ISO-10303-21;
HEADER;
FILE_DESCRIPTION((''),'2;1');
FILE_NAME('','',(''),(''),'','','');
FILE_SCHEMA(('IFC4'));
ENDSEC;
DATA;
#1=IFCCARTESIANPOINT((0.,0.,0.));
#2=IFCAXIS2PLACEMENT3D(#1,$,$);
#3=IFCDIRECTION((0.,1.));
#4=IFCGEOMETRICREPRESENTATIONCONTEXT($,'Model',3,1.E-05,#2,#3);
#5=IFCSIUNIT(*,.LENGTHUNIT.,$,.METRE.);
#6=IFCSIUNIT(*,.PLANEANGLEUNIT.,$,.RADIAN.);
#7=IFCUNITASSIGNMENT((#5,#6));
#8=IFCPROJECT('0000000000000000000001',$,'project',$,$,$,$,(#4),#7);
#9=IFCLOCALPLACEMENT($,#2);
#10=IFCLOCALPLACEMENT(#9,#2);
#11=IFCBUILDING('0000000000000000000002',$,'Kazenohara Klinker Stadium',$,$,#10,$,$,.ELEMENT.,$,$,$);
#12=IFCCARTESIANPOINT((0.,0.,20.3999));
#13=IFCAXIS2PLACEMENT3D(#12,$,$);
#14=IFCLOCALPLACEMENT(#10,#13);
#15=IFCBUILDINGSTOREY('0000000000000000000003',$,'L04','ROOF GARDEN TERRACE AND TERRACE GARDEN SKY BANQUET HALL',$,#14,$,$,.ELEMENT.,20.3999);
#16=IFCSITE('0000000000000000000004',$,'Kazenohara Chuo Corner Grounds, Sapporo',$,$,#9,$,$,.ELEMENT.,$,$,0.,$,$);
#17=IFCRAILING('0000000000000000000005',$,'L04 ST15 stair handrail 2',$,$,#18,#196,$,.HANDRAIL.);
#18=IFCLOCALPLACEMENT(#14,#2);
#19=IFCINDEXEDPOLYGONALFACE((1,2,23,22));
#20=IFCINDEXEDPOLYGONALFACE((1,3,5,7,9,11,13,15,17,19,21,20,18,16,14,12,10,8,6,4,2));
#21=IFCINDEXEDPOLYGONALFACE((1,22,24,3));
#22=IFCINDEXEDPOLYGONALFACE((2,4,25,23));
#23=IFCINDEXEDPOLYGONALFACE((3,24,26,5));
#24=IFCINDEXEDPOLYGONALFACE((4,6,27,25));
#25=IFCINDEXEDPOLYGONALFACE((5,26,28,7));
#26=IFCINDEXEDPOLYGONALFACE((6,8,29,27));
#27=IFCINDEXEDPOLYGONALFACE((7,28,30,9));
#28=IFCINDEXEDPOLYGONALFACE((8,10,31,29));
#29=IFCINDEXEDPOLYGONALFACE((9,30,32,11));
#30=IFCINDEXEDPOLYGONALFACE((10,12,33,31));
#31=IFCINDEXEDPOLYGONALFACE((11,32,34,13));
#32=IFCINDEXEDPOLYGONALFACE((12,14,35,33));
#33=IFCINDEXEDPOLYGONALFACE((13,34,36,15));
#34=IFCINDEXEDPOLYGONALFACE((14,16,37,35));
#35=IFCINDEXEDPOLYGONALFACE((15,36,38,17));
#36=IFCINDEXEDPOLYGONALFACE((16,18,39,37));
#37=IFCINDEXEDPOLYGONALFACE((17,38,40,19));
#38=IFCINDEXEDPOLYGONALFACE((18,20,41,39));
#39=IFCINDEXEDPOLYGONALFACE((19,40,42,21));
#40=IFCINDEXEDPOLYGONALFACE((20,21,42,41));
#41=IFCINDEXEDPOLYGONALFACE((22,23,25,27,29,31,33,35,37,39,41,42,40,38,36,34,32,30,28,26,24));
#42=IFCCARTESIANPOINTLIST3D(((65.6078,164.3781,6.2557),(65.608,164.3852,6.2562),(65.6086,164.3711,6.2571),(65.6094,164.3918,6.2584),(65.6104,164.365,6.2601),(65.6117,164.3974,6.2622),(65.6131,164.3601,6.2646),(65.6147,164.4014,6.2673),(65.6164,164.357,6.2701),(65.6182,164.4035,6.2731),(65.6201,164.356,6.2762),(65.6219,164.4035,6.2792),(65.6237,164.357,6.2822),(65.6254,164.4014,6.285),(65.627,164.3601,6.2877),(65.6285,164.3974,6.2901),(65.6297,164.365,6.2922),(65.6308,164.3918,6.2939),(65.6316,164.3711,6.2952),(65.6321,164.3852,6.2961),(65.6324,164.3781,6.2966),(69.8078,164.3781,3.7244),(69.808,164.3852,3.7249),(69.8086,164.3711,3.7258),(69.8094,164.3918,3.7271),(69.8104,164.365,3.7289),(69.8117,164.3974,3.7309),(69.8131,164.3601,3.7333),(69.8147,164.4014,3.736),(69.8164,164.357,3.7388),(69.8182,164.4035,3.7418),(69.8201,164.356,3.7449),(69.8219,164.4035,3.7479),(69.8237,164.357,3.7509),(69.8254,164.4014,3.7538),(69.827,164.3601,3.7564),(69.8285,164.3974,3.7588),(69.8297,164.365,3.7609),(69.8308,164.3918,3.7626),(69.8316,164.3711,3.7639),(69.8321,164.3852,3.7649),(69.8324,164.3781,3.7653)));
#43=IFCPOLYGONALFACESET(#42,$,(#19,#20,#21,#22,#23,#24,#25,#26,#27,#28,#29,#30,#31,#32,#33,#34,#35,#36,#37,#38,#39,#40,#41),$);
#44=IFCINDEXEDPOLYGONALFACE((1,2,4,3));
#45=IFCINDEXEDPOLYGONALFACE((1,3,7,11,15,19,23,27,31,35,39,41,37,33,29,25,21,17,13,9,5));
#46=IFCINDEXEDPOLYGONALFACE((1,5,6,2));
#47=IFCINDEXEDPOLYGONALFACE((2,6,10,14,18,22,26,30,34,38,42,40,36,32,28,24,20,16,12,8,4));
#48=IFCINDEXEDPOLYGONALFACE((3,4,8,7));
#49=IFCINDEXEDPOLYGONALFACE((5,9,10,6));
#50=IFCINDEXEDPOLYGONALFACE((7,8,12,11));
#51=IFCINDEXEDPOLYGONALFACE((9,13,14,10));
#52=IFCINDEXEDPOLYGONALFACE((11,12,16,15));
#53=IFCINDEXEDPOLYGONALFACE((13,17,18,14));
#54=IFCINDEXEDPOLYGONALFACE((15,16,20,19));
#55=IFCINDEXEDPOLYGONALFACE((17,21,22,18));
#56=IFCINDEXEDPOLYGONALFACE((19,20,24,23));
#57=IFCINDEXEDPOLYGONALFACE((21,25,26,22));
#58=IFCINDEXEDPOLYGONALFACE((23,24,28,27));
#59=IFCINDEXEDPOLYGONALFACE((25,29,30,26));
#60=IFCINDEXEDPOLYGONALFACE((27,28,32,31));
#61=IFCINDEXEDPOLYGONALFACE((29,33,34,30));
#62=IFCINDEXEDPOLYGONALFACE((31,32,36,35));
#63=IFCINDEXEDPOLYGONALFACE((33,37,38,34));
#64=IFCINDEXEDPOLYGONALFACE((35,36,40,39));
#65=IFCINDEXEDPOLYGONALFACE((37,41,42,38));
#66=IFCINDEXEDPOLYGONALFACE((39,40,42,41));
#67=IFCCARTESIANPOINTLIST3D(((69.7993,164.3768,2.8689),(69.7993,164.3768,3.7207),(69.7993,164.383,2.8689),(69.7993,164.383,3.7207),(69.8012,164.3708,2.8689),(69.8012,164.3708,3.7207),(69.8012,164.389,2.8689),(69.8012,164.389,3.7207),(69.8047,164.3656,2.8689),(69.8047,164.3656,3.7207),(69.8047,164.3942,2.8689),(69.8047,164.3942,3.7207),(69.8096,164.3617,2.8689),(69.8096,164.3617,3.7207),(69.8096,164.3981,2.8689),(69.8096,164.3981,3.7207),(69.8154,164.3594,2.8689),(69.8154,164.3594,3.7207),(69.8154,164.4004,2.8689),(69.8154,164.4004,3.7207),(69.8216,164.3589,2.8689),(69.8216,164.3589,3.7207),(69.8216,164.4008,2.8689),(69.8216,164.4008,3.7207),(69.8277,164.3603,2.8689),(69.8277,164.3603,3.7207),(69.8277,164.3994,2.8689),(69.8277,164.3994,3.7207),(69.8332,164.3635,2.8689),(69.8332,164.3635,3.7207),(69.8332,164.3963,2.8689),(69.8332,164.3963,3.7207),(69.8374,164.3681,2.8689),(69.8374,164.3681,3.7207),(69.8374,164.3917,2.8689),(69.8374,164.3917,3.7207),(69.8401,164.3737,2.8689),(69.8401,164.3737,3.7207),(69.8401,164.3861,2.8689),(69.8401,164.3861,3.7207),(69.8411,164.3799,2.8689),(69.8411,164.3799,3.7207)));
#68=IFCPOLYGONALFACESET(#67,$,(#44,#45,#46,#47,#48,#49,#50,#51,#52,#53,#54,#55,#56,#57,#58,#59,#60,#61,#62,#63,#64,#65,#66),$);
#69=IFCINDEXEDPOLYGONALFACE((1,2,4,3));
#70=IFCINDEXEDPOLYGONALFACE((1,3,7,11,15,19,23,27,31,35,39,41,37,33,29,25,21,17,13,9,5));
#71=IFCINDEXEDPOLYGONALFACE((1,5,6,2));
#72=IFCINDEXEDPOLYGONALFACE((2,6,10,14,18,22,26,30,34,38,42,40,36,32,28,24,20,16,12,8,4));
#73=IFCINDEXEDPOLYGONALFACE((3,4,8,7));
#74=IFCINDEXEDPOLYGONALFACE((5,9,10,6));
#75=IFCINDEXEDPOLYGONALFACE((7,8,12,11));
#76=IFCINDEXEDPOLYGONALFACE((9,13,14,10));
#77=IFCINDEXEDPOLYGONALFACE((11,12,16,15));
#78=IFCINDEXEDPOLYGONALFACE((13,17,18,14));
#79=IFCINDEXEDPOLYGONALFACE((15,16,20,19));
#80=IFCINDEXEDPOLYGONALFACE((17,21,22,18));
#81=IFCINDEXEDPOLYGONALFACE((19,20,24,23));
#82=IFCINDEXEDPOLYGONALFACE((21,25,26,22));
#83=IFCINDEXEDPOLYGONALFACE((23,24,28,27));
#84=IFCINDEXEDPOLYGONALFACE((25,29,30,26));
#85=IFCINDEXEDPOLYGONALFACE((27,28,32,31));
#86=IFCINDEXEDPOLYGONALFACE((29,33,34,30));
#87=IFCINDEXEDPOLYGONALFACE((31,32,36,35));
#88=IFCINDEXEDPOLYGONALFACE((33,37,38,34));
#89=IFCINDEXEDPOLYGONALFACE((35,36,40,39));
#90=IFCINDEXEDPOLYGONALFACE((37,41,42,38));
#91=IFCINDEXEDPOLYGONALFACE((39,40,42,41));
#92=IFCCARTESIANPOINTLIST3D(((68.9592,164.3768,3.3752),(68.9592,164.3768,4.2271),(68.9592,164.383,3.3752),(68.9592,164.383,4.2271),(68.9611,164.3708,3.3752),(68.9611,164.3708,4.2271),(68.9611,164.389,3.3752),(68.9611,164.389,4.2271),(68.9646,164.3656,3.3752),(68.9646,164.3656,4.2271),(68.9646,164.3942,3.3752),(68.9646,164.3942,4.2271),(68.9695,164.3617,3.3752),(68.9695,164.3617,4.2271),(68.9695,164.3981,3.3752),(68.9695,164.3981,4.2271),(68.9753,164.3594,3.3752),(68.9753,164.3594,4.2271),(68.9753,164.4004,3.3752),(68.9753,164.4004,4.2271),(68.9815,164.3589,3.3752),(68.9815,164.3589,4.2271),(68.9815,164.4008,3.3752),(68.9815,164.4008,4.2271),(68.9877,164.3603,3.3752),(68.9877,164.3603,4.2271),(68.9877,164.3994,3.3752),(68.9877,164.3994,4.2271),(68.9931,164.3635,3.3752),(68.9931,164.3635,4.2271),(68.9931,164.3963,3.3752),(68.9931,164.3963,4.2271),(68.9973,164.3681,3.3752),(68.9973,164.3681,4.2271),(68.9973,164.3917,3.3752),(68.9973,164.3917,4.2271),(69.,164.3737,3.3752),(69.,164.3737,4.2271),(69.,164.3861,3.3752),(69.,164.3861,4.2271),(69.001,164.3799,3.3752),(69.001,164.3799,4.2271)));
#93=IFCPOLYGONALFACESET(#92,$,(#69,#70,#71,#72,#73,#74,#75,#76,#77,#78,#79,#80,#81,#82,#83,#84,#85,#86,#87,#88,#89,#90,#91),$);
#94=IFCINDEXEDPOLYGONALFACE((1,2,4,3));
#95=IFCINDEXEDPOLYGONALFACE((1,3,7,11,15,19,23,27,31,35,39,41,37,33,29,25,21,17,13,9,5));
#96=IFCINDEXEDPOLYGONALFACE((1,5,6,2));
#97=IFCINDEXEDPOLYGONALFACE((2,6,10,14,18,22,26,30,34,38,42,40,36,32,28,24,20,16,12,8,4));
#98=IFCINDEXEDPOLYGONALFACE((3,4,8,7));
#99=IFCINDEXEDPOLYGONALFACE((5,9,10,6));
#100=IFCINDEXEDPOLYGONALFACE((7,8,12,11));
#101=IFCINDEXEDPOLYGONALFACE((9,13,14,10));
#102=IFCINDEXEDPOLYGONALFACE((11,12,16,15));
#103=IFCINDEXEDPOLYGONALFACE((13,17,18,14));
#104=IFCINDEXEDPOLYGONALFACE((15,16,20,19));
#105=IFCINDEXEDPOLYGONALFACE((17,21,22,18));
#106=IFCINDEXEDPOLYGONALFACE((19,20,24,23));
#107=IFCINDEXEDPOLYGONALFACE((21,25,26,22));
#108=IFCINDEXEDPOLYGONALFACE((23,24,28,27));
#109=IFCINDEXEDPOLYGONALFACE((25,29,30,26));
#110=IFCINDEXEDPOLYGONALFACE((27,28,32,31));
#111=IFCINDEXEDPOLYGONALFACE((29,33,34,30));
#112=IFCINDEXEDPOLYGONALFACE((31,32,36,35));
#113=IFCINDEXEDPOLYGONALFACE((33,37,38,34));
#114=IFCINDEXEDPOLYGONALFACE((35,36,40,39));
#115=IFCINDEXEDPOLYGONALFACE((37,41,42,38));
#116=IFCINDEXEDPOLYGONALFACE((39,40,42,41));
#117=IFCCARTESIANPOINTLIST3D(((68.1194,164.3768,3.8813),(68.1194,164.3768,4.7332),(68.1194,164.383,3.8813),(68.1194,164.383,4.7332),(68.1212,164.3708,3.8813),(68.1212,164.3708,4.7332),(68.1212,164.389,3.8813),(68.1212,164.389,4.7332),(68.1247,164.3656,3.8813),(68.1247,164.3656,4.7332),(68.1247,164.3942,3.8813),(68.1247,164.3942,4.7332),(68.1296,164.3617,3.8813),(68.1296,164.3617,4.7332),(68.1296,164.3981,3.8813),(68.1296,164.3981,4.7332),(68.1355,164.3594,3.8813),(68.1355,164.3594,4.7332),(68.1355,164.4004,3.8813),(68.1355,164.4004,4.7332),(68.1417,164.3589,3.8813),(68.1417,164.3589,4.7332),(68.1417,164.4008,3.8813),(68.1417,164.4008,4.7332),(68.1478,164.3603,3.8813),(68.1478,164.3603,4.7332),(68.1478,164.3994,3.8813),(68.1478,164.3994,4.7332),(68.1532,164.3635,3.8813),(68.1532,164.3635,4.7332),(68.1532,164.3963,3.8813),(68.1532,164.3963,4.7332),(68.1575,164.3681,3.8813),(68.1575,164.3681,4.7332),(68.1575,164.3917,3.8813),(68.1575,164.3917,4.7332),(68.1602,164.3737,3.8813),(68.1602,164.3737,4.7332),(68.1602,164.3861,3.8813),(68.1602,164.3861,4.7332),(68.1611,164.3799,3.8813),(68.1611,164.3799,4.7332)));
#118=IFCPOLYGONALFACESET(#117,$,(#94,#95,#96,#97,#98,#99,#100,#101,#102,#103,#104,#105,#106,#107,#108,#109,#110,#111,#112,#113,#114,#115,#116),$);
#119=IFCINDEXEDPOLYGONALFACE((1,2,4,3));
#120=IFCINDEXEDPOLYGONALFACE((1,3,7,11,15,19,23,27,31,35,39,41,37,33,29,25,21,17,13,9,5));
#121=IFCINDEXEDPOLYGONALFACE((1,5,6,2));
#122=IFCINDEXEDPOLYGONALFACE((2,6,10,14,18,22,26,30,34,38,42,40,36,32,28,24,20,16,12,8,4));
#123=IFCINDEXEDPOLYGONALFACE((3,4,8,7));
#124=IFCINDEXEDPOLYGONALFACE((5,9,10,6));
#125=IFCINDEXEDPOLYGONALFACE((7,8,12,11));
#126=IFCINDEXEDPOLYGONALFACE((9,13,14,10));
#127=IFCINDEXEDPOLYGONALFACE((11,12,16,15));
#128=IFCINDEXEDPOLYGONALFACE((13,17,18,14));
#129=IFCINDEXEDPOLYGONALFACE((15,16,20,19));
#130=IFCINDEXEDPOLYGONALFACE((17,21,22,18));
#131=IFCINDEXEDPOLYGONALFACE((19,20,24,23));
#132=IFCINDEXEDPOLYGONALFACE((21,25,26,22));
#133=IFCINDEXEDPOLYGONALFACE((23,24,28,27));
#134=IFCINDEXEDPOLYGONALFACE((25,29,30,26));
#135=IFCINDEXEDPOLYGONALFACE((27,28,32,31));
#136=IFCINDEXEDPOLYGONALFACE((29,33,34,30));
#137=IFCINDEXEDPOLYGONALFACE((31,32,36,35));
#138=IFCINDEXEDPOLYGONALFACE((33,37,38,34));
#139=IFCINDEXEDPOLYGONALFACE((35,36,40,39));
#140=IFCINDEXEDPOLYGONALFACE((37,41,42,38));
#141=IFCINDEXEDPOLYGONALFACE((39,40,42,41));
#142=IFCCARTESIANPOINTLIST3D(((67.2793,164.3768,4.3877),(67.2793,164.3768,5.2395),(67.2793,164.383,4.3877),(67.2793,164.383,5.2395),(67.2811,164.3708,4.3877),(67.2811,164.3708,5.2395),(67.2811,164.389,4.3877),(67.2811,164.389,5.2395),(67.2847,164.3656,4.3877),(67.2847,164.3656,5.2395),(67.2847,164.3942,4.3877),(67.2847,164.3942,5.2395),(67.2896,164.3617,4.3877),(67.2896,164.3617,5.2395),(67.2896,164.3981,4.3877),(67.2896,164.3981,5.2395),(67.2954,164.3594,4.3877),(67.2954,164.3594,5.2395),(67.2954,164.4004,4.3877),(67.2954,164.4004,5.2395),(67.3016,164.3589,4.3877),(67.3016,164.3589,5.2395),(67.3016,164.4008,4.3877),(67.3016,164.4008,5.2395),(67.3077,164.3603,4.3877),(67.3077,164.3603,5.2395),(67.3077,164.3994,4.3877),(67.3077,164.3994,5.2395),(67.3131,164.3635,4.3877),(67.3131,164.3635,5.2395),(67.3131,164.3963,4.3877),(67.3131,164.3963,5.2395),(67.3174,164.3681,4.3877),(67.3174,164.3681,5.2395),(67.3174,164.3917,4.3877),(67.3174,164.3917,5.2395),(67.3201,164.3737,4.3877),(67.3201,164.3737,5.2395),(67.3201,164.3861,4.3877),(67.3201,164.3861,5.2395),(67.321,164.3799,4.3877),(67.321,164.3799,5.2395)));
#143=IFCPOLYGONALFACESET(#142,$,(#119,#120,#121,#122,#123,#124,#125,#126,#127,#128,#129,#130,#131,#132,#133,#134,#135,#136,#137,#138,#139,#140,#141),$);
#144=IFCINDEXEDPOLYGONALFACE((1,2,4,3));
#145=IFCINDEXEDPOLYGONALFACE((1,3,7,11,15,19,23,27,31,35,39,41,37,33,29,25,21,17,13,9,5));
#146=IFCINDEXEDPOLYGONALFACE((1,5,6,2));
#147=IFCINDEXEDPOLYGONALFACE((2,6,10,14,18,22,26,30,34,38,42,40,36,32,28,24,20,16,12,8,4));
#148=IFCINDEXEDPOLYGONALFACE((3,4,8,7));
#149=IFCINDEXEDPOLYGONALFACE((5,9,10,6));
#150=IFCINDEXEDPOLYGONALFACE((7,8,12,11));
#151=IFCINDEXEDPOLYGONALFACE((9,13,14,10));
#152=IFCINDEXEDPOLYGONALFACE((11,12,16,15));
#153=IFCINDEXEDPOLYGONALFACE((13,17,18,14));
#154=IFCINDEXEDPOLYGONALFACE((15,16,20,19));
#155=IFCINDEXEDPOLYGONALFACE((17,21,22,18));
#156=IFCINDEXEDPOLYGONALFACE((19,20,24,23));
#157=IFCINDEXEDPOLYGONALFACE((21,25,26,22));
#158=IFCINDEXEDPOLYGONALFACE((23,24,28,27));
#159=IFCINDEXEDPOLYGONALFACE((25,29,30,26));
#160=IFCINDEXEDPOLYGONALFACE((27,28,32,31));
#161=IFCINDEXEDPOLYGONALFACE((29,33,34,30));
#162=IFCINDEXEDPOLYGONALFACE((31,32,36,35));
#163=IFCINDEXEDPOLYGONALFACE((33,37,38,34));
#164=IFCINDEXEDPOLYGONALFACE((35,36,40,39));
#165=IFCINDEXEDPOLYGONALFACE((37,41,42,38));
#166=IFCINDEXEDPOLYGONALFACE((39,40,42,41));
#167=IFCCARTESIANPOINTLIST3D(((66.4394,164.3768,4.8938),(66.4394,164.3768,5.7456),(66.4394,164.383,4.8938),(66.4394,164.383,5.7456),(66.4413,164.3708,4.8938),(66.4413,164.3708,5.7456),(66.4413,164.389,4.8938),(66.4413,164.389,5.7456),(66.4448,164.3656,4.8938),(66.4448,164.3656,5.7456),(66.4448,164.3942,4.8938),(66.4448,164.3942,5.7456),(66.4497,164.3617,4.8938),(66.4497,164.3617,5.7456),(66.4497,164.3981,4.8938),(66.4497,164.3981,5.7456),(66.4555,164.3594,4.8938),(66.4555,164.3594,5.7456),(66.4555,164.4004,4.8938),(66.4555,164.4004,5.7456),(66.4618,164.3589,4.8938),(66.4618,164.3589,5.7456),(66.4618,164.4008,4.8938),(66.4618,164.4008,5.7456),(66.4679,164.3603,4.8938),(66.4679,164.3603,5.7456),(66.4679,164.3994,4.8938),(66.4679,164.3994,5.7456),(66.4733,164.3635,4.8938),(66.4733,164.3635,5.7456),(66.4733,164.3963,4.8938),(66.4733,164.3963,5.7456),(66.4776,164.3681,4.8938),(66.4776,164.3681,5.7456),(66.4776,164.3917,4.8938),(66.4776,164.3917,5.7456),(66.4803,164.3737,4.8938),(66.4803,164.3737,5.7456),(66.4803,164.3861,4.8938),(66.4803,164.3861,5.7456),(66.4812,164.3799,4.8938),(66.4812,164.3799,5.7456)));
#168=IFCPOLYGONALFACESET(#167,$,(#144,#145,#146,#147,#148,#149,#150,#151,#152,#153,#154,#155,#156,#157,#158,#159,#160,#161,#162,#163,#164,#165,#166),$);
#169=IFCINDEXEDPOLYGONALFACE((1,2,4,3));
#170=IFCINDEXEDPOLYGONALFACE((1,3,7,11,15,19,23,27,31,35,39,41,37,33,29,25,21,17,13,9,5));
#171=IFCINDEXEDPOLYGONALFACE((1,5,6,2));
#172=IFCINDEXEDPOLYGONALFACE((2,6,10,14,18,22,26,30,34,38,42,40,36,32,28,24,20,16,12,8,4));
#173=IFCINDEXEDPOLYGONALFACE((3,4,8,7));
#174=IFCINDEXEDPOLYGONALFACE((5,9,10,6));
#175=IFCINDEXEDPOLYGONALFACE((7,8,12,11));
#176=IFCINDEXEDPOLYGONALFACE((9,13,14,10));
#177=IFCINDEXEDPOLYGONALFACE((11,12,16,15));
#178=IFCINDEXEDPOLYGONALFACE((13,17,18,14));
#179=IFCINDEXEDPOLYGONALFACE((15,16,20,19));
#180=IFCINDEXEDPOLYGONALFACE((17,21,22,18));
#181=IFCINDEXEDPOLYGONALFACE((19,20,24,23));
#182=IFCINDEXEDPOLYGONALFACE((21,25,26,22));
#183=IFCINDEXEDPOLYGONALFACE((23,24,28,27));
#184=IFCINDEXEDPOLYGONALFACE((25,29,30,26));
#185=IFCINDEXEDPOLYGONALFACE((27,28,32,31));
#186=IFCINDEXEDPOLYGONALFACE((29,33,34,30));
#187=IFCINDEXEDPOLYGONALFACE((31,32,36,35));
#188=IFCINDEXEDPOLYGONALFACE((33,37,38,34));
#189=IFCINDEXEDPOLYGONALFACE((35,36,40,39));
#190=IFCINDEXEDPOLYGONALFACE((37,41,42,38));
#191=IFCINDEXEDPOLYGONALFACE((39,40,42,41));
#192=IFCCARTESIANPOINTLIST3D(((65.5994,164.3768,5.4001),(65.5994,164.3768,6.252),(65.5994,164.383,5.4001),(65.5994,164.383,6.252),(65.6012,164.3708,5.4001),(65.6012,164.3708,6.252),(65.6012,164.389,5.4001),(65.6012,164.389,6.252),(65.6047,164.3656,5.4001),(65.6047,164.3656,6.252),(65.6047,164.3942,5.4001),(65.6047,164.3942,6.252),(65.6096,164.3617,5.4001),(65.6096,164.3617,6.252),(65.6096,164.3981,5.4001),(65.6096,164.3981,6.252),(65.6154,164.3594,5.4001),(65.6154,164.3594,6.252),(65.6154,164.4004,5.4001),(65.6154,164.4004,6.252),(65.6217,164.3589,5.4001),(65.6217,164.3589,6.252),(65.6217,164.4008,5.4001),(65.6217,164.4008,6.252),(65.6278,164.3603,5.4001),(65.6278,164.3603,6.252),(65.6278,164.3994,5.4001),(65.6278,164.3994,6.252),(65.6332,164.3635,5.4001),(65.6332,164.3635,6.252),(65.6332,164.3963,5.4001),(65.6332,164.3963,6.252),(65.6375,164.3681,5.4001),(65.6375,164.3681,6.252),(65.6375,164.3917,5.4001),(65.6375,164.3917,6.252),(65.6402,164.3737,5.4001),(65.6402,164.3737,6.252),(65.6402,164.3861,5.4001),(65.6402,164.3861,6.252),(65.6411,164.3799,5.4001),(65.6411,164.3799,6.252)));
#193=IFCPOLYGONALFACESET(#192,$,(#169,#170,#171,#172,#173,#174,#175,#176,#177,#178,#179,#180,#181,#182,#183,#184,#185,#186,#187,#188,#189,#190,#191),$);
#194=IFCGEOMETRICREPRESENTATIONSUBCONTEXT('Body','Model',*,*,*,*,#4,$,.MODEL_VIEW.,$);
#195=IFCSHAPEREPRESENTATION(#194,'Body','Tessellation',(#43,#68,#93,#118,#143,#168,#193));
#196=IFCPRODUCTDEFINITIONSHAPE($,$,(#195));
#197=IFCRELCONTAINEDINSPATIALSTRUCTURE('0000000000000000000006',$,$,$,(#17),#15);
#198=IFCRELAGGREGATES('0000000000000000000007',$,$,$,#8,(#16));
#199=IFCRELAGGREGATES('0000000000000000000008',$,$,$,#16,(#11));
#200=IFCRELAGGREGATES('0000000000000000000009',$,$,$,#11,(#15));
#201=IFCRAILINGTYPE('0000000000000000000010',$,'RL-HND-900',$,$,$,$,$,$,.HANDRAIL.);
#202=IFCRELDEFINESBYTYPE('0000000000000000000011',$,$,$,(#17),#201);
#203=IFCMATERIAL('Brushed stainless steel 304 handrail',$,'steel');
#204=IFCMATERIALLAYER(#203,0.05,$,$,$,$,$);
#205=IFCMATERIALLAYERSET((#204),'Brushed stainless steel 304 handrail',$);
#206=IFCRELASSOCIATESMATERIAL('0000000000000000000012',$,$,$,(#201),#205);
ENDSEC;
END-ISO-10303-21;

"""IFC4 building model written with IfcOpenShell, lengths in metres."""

from ifc_helpers import new_model, si_unit, direction, frame, origin, origin_2d, place, context, subcontext, project, spatial, circle, extrude, material, layer, layer_set, type_object, element, save


model = new_model("IFC4")

# Units and contexts
model_context = context("Model", 3, precision=1e-05, world=origin(), true_north=direction((0.0, 1.0)))
body_context = subcontext(model_context, "Body", "Model", "MODEL_VIEW")
ifc_project = project(units=[si_unit("LENGTHUNIT", "METRE"), si_unit("PLANEANGLEUNIT", "RADIAN")], contexts=[model_context])

# Site, building, storey
site_placement = place(None, origin())
site = spatial("IfcSite", under=ifc_project, at=site_placement, Name="Kazenohara Chuo Corner Grounds, Sapporo", CompositionType="ELEMENT", RefElevation=0.0)
building_placement = place(site_placement, origin())
building = spatial("IfcBuilding", under=site, at=building_placement, Name="Kazenohara Klinker Stadium", CompositionType="ELEMENT")
storey_placement = place(building_placement, frame((0.0, 0.0, 20.3999)))
storey = spatial("IfcBuildingStorey", under=building, at=storey_placement, Name="L04", Description="ROOF GARDEN TERRACE AND TERRACE GARDEN SKY BANQUET HALL", CompositionType="ELEMENT", Elevation=20.3999)

# Railing
ifc_material_1 = material(Name="Brushed stainless steel 304 handrail", Category="steel")
ifc_layer_1 = layer(ifc_material_1, 0.05)
ifc_layer_set_1 = layer_set([ifc_layer_1], Name="Brushed stainless steel 304 handrail")
railing_type_1 = type_object("IfcRailingType", Name="RL-HND-900", PredefinedType="HANDRAIL", material=ifc_layer_set_1)
railing_1_placement = place(storey_placement, frame((69.8201, 164.3799, 2.8689)))
element("IfcRailing", 1, at=railing_1_placement, inside=storey, type_object=railing_type_1, Name="L04 ST15 stair handrail 2", PredefinedType="HANDRAIL", context=body_context, shape_type="SweptSolid", body=[
    extrude(circle(Radius=0.0239, at=origin_2d()), frame((0.0, 0.0, 0.876), z_axis=(-0.856476, 0.0, 0.516186), x_axis=(0.0, -1.0, 0.0)), (0.0, 0.0, 1.0), 4.9038),
    extrude(circle(Radius=0.021, at=origin_2d()), origin(), (0.0, 0.0, 1.0), 0.8518),
    extrude(circle(Radius=0.021, at=origin_2d()), frame((-0.8401, 0.0, 0.5063)), (0.0, 0.0, 1.0), 0.8518),
    extrude(circle(Radius=0.021, at=origin_2d()), frame((-1.6799, 0.0, 1.0125)), (0.0, 0.0, 1.0), 0.8518),
    extrude(circle(Radius=0.021, at=origin_2d()), frame((-2.52, 0.0, 1.5188)), (0.0, 0.0, 1.0), 0.8518),
    extrude(circle(Radius=0.021, at=origin_2d()), frame((-3.3599, 0.0, 2.0249)), (0.0, 0.0, 1.0), 0.8518),
    extrude(circle(Radius=0.021, at=origin_2d()), frame((-4.2, 0.0, 2.5312)), (0.0, 0.0, 1.0), 0.8518),
])

save(model, "model.ifc")
